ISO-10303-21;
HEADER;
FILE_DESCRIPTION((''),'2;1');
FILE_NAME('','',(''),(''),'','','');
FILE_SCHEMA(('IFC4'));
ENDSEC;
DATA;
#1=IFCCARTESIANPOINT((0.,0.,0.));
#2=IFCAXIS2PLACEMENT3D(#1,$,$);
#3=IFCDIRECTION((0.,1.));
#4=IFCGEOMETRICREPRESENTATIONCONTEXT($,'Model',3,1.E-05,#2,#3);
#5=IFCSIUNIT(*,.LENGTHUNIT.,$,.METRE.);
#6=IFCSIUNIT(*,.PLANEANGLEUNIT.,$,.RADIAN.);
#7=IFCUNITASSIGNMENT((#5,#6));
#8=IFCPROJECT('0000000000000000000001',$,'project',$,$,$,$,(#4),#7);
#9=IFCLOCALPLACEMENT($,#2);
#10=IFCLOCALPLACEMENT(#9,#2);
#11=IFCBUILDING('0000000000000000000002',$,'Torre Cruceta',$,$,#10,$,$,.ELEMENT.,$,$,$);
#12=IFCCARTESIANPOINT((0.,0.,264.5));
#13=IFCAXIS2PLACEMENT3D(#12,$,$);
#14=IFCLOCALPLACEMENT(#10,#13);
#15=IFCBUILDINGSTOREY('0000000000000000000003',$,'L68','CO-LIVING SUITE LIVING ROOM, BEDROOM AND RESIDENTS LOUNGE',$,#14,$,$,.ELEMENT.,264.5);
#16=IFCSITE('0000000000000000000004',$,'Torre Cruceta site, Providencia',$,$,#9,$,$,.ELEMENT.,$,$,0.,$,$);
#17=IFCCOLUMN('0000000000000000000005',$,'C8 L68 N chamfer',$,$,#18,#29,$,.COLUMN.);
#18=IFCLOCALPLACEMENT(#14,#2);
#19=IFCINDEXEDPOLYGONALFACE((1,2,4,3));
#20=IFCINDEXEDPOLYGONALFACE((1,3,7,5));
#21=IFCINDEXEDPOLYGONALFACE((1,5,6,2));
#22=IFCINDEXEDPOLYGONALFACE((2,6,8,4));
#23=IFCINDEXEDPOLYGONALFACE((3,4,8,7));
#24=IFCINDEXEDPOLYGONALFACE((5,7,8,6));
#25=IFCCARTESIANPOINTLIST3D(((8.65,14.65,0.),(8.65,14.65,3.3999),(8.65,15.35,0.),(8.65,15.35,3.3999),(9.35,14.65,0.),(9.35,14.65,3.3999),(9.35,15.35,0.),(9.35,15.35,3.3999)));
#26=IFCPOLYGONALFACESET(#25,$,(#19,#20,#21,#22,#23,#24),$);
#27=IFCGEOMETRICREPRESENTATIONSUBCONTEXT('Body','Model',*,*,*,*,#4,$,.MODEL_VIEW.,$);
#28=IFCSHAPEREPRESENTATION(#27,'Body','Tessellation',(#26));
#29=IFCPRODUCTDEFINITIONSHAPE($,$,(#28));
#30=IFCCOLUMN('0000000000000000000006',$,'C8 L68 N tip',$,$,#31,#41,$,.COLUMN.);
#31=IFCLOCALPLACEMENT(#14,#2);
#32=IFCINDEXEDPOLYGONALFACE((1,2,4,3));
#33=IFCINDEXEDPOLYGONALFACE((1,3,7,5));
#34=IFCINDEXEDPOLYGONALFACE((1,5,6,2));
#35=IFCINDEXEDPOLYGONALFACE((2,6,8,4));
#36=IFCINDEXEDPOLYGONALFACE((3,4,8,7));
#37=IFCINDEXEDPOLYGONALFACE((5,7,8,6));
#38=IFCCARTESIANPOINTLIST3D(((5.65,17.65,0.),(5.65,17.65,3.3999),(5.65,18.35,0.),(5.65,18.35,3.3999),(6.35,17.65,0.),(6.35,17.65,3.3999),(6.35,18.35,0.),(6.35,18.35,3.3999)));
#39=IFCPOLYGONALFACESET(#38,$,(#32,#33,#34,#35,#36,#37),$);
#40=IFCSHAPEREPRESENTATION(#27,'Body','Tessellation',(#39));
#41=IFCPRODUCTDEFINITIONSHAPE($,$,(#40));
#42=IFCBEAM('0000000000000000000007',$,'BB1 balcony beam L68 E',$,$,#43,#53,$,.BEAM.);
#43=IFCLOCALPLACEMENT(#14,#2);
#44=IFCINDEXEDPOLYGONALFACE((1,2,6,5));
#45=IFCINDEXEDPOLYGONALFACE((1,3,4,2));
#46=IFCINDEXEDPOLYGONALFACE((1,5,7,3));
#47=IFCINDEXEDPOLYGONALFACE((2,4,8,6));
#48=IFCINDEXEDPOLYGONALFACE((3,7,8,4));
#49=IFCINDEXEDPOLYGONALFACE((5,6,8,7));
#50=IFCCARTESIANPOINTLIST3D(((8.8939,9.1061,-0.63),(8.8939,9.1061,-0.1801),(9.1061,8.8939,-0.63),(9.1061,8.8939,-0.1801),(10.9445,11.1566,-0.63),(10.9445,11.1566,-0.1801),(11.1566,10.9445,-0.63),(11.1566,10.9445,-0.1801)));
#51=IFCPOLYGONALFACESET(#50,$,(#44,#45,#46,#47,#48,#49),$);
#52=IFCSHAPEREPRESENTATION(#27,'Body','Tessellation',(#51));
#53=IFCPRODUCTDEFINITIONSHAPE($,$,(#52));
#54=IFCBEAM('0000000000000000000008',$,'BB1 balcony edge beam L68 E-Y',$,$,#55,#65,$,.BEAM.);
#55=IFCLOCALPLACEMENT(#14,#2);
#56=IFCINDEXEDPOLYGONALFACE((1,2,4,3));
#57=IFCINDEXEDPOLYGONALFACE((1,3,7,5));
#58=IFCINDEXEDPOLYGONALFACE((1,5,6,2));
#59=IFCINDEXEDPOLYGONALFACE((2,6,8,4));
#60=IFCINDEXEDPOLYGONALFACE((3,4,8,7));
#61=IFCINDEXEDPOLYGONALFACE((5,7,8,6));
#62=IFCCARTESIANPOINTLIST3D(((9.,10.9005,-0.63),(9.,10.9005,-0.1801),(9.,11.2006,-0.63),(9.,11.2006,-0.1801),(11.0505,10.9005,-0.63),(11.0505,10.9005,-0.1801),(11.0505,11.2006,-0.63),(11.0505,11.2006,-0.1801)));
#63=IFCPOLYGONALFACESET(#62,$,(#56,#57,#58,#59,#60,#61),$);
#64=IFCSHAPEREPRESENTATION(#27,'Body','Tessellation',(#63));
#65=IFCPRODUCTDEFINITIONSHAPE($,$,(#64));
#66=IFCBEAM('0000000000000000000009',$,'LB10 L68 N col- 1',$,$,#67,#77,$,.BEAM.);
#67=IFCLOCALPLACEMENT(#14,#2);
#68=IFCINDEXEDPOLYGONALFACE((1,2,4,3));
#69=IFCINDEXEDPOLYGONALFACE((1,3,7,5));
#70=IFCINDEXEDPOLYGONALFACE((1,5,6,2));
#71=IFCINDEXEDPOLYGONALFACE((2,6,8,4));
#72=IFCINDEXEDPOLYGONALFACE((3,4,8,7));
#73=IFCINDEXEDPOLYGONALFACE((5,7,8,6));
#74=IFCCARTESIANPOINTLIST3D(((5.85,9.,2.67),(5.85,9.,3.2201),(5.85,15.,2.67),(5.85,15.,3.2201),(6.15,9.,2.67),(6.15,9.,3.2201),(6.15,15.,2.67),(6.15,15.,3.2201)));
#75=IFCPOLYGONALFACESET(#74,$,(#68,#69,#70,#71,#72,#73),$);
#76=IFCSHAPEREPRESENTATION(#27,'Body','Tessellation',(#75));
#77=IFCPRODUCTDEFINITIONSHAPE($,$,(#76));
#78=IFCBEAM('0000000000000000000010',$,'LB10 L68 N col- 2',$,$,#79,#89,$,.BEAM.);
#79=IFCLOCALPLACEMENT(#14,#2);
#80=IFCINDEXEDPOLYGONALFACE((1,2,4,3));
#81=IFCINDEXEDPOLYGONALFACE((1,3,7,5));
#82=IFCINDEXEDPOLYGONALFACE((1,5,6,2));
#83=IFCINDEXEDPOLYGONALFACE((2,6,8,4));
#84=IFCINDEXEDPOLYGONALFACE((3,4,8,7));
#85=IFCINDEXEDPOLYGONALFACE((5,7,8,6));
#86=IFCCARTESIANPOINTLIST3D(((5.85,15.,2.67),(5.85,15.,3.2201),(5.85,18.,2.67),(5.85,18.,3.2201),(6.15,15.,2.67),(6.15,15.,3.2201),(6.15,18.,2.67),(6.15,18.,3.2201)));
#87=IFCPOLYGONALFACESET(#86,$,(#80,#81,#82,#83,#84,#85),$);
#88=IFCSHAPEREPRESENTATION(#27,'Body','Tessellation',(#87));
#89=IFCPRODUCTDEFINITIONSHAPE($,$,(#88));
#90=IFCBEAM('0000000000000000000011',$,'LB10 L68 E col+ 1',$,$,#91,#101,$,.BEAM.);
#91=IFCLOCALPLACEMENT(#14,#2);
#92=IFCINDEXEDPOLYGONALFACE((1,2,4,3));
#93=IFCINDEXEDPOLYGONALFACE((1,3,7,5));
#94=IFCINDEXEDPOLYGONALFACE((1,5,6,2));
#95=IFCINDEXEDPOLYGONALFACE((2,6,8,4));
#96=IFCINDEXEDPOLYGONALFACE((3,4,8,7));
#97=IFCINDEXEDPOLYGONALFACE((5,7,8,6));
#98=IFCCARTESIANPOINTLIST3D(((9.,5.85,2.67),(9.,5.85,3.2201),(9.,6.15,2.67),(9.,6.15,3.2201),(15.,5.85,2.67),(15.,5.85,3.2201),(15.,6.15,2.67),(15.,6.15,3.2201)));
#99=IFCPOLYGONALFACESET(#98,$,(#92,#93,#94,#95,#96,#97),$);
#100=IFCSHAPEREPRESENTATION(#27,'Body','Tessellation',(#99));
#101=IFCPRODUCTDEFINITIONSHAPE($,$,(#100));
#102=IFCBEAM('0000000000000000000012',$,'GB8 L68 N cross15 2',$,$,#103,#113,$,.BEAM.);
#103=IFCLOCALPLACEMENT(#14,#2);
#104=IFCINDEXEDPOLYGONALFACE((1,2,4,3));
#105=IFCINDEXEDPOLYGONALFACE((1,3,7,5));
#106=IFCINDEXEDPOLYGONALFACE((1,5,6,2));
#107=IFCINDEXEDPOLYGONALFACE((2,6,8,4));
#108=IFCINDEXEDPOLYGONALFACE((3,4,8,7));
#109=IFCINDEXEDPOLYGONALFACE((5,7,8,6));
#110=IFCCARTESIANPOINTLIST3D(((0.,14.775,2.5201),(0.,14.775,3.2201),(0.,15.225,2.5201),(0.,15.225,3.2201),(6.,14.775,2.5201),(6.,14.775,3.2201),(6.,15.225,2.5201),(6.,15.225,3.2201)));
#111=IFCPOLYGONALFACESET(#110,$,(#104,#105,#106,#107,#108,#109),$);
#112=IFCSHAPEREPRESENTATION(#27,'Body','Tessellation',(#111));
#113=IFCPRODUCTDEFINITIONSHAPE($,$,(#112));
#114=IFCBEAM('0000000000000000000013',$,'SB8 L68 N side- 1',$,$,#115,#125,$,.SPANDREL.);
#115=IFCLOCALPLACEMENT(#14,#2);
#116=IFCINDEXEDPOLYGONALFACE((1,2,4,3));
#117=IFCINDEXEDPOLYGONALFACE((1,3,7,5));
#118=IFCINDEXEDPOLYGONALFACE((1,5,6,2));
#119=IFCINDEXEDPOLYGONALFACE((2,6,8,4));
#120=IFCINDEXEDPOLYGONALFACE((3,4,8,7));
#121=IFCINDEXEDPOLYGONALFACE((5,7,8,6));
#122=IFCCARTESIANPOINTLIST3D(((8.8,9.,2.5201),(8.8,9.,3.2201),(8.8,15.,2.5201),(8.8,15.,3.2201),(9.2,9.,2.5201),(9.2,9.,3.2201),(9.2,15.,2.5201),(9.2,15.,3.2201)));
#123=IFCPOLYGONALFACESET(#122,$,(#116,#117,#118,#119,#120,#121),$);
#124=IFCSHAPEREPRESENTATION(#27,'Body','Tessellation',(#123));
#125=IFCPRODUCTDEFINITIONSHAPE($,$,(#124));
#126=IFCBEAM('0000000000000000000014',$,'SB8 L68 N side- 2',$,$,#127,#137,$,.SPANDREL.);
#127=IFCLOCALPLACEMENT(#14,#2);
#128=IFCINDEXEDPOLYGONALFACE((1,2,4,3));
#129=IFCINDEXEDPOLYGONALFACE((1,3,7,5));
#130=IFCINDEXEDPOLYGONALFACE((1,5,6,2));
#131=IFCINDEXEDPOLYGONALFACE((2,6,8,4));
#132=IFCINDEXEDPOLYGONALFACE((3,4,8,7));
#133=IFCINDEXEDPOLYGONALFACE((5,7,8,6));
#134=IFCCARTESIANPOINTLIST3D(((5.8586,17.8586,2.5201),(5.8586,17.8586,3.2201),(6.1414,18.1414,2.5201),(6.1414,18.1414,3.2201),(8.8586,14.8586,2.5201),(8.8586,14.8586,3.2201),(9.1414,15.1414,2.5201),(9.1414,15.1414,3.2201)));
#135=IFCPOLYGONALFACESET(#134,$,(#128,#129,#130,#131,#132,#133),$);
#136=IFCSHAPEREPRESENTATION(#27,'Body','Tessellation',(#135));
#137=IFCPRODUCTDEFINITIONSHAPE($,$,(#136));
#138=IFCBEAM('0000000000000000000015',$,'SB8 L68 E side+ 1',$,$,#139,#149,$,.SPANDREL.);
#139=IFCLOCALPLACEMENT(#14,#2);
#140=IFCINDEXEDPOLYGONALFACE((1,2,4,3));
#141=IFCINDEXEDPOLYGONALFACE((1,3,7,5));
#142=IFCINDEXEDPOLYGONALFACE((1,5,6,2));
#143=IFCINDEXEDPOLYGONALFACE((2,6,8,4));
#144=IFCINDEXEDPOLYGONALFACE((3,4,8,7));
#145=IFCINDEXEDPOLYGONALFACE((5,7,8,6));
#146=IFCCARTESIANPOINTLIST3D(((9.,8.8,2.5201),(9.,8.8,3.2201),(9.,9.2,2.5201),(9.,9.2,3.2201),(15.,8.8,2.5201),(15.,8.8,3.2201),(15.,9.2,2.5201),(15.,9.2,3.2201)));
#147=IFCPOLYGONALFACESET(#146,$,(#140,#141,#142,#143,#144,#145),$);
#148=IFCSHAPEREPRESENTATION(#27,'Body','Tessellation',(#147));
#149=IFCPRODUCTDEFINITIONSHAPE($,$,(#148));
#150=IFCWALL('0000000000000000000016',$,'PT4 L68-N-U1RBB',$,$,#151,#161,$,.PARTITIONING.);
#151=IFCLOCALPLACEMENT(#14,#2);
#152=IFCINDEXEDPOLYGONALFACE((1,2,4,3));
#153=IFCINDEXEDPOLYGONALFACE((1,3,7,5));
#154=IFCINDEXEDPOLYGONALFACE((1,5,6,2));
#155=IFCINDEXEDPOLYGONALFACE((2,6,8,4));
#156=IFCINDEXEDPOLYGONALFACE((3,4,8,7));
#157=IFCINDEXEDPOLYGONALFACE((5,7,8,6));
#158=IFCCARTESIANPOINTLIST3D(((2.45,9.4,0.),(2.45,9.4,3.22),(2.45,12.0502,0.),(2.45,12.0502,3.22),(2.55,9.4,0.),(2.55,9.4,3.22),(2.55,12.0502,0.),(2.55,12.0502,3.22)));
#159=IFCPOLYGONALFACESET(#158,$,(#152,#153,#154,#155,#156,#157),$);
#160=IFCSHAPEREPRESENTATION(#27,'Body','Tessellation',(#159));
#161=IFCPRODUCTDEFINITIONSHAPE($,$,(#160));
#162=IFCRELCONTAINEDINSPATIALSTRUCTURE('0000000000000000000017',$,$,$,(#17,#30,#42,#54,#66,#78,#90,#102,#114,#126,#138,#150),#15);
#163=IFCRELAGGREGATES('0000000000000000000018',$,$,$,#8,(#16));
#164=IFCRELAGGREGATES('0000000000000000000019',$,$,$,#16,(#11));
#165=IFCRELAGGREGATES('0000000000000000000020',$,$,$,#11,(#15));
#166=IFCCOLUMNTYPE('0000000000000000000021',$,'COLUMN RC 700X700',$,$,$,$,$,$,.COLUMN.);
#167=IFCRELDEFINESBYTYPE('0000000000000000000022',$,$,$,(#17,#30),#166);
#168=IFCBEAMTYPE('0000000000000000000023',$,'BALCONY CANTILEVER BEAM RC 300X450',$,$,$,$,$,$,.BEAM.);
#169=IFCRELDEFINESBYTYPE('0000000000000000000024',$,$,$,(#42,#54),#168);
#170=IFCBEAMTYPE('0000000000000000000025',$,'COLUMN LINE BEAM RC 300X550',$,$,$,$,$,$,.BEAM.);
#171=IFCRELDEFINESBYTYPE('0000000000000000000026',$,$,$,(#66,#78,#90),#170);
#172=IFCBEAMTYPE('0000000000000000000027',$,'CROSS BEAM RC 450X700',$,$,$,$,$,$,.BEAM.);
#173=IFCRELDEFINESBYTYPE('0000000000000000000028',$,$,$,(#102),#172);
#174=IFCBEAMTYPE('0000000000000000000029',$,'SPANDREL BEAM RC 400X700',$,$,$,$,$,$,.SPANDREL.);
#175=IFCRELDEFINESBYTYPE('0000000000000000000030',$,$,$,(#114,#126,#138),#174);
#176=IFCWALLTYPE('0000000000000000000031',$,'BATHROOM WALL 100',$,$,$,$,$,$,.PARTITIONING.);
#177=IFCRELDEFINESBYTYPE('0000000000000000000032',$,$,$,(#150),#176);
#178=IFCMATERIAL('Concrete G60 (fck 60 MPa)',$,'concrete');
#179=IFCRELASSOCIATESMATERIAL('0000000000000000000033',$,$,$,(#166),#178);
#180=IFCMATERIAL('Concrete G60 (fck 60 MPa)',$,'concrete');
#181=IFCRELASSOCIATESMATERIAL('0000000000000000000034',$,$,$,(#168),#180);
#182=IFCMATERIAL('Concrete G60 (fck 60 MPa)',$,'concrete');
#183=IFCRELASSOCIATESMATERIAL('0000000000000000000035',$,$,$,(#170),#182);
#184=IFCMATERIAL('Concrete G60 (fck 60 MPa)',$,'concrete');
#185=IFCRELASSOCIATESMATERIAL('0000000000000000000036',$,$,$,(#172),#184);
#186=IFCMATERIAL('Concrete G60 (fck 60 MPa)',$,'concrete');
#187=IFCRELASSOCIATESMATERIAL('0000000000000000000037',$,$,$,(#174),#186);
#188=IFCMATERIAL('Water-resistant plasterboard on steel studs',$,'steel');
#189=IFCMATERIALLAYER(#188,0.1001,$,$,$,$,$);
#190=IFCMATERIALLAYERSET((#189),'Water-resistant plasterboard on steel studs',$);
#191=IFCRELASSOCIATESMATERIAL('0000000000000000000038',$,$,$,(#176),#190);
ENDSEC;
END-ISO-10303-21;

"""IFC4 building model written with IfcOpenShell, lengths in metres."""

from ifc_helpers import new_model, si_unit, direction, frame, frame_2d, origin, origin_2d, place, context, subcontext, project, spatial, rectangle, extrude, material, layer, layer_set, material_profile, profile_set, type_object, element, save


model = new_model("IFC4")

# Units and contexts
model_context = context("Model", 3, precision=1e-05, world=origin(), true_north=direction((0.0, 1.0)))
body_context = subcontext(model_context, "Body", "Model", "MODEL_VIEW")
ifc_project = project(units=[si_unit("LENGTHUNIT", "METRE"), si_unit("PLANEANGLEUNIT", "RADIAN")], contexts=[model_context])

# Site, building, storey
site_placement = place(None, origin())
site = spatial("IfcSite", under=ifc_project, at=site_placement, Name="Torre Cruceta site, Providencia", CompositionType="ELEMENT", RefElevation=0.0)
building_placement = place(site_placement, origin())
building = spatial("IfcBuilding", under=site, at=building_placement, Name="Torre Cruceta", CompositionType="ELEMENT")
storey_placement = place(building_placement, frame((0.0, 0.0, 264.5)))
storey = spatial("IfcBuildingStorey", under=building, at=storey_placement, Name="L68", Description="CO-LIVING SUITE LIVING ROOM, BEDROOM AND RESIDENTS LOUNGE", CompositionType="ELEMENT", Elevation=264.5)

# Columns
ifc_material_1 = material(Name="Concrete G60 (fck 60 MPa)", Category="concrete")
ifc_material_profile_1 = material_profile(ifc_material_1, rectangle(XDim=0.7, YDim=0.7, at=origin_2d()), Name="RC 700X700")
ifc_profile_set_1 = profile_set([ifc_material_profile_1], Name="Concrete G60 (fck 60 MPa)")
column_type = type_object("IfcColumnType", Name="COLUMN RC 700X700", PredefinedType="COLUMN", material=ifc_profile_set_1)
for number, where, z_axis, x_axis, name in (
    (1, (9.0, 15.0, 0.0), (0.0, 0.0, 1.0), (1.0, 0.0, 0.0), "C8 L68 N chamfer"),
    (2, (6.0, 18.0, 0.0), (0.0, 0.0, 1.0), (1.0, 0.0, 0.0), "C8 L68 N tip"),
):
    element("IfcColumn", number, at=place(storey_placement, frame(where, z_axis=z_axis, x_axis=x_axis)), inside=storey, type_object=column_type, Name=name, PredefinedType="COLUMN", context=body_context, shape_type="SweptSolid", body=[
        extrude(rectangle(XDim=0.7, YDim=0.7, at=origin_2d()), origin(), (0.0, 0.0, 1.0), 3.3999),
    ])

# Beams
ifc_material_2 = material(Name="Concrete G60 (fck 60 MPa)", Category="concrete")
ifc_material_profile_2 = material_profile(ifc_material_2, rectangle(XDim=0.3, YDim=0.45, at=origin_2d()), Name="RC 300X450")
ifc_profile_set_2 = profile_set([ifc_material_profile_2], Name="Concrete G60 (fck 60 MPa)")
beam_type_1 = type_object("IfcBeamType", Name="BALCONY CANTILEVER BEAM RC 300X450", PredefinedType="BEAM", material=ifc_profile_set_2)
beam_1_placement = place(storey_placement, frame((9.0, 9.0, -0.405), z_axis=(0.707107, 0.707107, 0.0), x_axis=(-0.707107, 0.707107, 0.0)))
element("IfcBeam", 3, at=beam_1_placement, inside=storey, type_object=beam_type_1, Name="BB1 balcony beam L68 E", PredefinedType="BEAM", context=body_context, shape_type="SweptSolid", body=[
    extrude(rectangle(XDim=0.3, YDim=0.45, at=origin_2d()), origin(), (0.0, 0.0, 1.0), 2.8999),
])
beam_2_placement = place(storey_placement, frame((9.0, 11.0505, -0.405), z_axis=(1.0, 0.0, 0.0), x_axis=(0.0, 1.0, 0.0)))
element("IfcBeam", 4, at=beam_2_placement, inside=storey, type_object=beam_type_1, Name="BB1 balcony edge beam L68 E-Y", PredefinedType="BEAM", context=body_context, shape_type="SweptSolid", body=[
    extrude(rectangle(XDim=0.3, YDim=0.45, at=origin_2d()), origin(), (0.0, 0.0, 1.0), 2.0505),
])
ifc_material_3 = material(Name="Concrete G60 (fck 60 MPa)", Category="concrete")
ifc_material_profile_3 = material_profile(ifc_material_3, rectangle(XDim=0.3, YDim=0.55, at=origin_2d()), Name="RC 300X550")
ifc_profile_set_3 = profile_set([ifc_material_profile_3], Name="Concrete G60 (fck 60 MPa)")
beam_type_2 = type_object("IfcBeamType", Name="COLUMN LINE BEAM RC 300X550", PredefinedType="BEAM", material=ifc_profile_set_3)
beam_3_placement = place(storey_placement, frame((6.0, 9.0, 2.9451), z_axis=(0.0, 1.0, 0.0), x_axis=(-1.0, 0.0, 0.0)))
element("IfcBeam", 5, at=beam_3_placement, inside=storey, type_object=beam_type_2, Name="LB10 L68 N col- 1", PredefinedType="BEAM", context=body_context, shape_type="SweptSolid", body=[
    extrude(rectangle(XDim=0.3, YDim=0.55, at=origin_2d()), origin(), (0.0, 0.0, 1.0), 6.0),
])
beam_4_placement = place(storey_placement, frame((6.0, 15.0, 2.9451), z_axis=(0.0, 1.0, 0.0), x_axis=(-1.0, 0.0, 0.0)))
element("IfcBeam", 6, at=beam_4_placement, inside=storey, type_object=beam_type_2, Name="LB10 L68 N col- 2", PredefinedType="BEAM", context=body_context, shape_type="SweptSolid", body=[
    extrude(rectangle(XDim=0.3, YDim=0.55, at=origin_2d()), origin(), (0.0, 0.0, 1.0), 3.0),
])
beam_5_placement = place(storey_placement, frame((9.0, 6.0, 2.9451), z_axis=(1.0, 0.0, 0.0), x_axis=(0.0, 1.0, 0.0)))
element("IfcBeam", 7, at=beam_5_placement, inside=storey, type_object=beam_type_2, Name="LB10 L68 E col+ 1", PredefinedType="BEAM", context=body_context, shape_type="SweptSolid", body=[
    extrude(rectangle(XDim=0.3, YDim=0.55, at=origin_2d()), origin(), (0.0, 0.0, 1.0), 6.0),
])
ifc_material_4 = material(Name="Concrete G60 (fck 60 MPa)", Category="concrete")
ifc_material_profile_4 = material_profile(ifc_material_4, rectangle(XDim=0.45, YDim=0.7, at=origin_2d()), Name="RC 450X700")
ifc_profile_set_4 = profile_set([ifc_material_profile_4], Name="Concrete G60 (fck 60 MPa)")
beam_type_3 = type_object("IfcBeamType", Name="CROSS BEAM RC 450X700", PredefinedType="BEAM", material=ifc_profile_set_4)
beam_6_placement = place(storey_placement, frame((6.0, 15.0, 2.8701), z_axis=(-1.0, 0.0, 0.0), x_axis=(0.0, -1.0, 0.0)))
element("IfcBeam", 8, at=beam_6_placement, inside=storey, type_object=beam_type_3, Name="GB8 L68 N cross15 2", PredefinedType="BEAM", context=body_context, shape_type="SweptSolid", body=[
    extrude(rectangle(XDim=0.45, YDim=0.7, at=origin_2d()), origin(), (0.0, 0.0, 1.0), 6.0),
])
ifc_material_5 = material(Name="Concrete G60 (fck 60 MPa)", Category="concrete")
ifc_material_profile_5 = material_profile(ifc_material_5, rectangle(XDim=0.3999, YDim=0.7, at=origin_2d()), Name="RC 400X700")
ifc_profile_set_5 = profile_set([ifc_material_profile_5], Name="Concrete G60 (fck 60 MPa)")
beam_type_4 = type_object("IfcBeamType", Name="SPANDREL BEAM RC 400X700", PredefinedType="SPANDREL", material=ifc_profile_set_5)
beam_7_placement = place(storey_placement, frame((9.0, 9.0, 2.8701), z_axis=(0.0, 1.0, 0.0), x_axis=(-1.0, 0.0, 0.0)))
element("IfcBeam", 9, at=beam_7_placement, inside=storey, type_object=beam_type_4, Name="SB8 L68 N side- 1", PredefinedType="SPANDREL", context=body_context, shape_type="SweptSolid", body=[
    extrude(rectangle(XDim=0.3999, YDim=0.7, at=origin_2d()), origin(), (0.0, 0.0, 1.0), 6.0),
])
beam_8_placement = place(storey_placement, frame((9.0, 15.0, 2.8701), z_axis=(-0.707107, 0.707107, 0.0), x_axis=(-0.707107, -0.707107, 0.0)))
element("IfcBeam", 10, at=beam_8_placement, inside=storey, type_object=beam_type_4, Name="SB8 L68 N side- 2", PredefinedType="SPANDREL", context=body_context, shape_type="SweptSolid", body=[
    extrude(rectangle(XDim=0.3999, YDim=0.7, at=origin_2d()), origin(), (0.0, 0.0, 1.0), 4.2427),
])
beam_9_placement = place(storey_placement, frame((9.0, 9.0, 2.8701), z_axis=(1.0, 0.0, 0.0), x_axis=(0.0, 1.0, 0.0)))
element("IfcBeam", 11, at=beam_9_placement, inside=storey, type_object=beam_type_4, Name="SB8 L68 E side+ 1", PredefinedType="SPANDREL", context=body_context, shape_type="SweptSolid", body=[
    extrude(rectangle(XDim=0.3999, YDim=0.7, at=origin_2d()), origin(), (0.0, 0.0, 1.0), 6.0),
])

# Wall
ifc_material_6 = material(Name="Water-resistant plasterboard on steel studs", Category="steel")
ifc_layer_1 = layer(ifc_material_6, 0.1001)
ifc_layer_set_1 = layer_set([ifc_layer_1], Name="Water-resistant plasterboard on steel studs")
wall_type_1 = type_object("IfcWallType", Name="BATHROOM WALL 100", PredefinedType="PARTITIONING", material=ifc_layer_set_1)
wall_1_placement = place(storey_placement, frame((2.5, 9.3999, 0.0), z_axis=(0.0, 0.0, 1.0), x_axis=(0.0, 1.0, 0.0)))
element("IfcWall", 12, at=wall_1_placement, inside=storey, type_object=wall_type_1, Name="PT4 L68-N-U1RBB", PredefinedType="PARTITIONING", context=body_context, shape_type="SweptSolid", body=[
    extrude(rectangle(XDim=2.6501, YDim=0.1001, at=frame_2d((1.3252, 0.0))), origin(), (0.0, 0.0, 1.0), 3.22),
])

save(model, "model.ifc")
